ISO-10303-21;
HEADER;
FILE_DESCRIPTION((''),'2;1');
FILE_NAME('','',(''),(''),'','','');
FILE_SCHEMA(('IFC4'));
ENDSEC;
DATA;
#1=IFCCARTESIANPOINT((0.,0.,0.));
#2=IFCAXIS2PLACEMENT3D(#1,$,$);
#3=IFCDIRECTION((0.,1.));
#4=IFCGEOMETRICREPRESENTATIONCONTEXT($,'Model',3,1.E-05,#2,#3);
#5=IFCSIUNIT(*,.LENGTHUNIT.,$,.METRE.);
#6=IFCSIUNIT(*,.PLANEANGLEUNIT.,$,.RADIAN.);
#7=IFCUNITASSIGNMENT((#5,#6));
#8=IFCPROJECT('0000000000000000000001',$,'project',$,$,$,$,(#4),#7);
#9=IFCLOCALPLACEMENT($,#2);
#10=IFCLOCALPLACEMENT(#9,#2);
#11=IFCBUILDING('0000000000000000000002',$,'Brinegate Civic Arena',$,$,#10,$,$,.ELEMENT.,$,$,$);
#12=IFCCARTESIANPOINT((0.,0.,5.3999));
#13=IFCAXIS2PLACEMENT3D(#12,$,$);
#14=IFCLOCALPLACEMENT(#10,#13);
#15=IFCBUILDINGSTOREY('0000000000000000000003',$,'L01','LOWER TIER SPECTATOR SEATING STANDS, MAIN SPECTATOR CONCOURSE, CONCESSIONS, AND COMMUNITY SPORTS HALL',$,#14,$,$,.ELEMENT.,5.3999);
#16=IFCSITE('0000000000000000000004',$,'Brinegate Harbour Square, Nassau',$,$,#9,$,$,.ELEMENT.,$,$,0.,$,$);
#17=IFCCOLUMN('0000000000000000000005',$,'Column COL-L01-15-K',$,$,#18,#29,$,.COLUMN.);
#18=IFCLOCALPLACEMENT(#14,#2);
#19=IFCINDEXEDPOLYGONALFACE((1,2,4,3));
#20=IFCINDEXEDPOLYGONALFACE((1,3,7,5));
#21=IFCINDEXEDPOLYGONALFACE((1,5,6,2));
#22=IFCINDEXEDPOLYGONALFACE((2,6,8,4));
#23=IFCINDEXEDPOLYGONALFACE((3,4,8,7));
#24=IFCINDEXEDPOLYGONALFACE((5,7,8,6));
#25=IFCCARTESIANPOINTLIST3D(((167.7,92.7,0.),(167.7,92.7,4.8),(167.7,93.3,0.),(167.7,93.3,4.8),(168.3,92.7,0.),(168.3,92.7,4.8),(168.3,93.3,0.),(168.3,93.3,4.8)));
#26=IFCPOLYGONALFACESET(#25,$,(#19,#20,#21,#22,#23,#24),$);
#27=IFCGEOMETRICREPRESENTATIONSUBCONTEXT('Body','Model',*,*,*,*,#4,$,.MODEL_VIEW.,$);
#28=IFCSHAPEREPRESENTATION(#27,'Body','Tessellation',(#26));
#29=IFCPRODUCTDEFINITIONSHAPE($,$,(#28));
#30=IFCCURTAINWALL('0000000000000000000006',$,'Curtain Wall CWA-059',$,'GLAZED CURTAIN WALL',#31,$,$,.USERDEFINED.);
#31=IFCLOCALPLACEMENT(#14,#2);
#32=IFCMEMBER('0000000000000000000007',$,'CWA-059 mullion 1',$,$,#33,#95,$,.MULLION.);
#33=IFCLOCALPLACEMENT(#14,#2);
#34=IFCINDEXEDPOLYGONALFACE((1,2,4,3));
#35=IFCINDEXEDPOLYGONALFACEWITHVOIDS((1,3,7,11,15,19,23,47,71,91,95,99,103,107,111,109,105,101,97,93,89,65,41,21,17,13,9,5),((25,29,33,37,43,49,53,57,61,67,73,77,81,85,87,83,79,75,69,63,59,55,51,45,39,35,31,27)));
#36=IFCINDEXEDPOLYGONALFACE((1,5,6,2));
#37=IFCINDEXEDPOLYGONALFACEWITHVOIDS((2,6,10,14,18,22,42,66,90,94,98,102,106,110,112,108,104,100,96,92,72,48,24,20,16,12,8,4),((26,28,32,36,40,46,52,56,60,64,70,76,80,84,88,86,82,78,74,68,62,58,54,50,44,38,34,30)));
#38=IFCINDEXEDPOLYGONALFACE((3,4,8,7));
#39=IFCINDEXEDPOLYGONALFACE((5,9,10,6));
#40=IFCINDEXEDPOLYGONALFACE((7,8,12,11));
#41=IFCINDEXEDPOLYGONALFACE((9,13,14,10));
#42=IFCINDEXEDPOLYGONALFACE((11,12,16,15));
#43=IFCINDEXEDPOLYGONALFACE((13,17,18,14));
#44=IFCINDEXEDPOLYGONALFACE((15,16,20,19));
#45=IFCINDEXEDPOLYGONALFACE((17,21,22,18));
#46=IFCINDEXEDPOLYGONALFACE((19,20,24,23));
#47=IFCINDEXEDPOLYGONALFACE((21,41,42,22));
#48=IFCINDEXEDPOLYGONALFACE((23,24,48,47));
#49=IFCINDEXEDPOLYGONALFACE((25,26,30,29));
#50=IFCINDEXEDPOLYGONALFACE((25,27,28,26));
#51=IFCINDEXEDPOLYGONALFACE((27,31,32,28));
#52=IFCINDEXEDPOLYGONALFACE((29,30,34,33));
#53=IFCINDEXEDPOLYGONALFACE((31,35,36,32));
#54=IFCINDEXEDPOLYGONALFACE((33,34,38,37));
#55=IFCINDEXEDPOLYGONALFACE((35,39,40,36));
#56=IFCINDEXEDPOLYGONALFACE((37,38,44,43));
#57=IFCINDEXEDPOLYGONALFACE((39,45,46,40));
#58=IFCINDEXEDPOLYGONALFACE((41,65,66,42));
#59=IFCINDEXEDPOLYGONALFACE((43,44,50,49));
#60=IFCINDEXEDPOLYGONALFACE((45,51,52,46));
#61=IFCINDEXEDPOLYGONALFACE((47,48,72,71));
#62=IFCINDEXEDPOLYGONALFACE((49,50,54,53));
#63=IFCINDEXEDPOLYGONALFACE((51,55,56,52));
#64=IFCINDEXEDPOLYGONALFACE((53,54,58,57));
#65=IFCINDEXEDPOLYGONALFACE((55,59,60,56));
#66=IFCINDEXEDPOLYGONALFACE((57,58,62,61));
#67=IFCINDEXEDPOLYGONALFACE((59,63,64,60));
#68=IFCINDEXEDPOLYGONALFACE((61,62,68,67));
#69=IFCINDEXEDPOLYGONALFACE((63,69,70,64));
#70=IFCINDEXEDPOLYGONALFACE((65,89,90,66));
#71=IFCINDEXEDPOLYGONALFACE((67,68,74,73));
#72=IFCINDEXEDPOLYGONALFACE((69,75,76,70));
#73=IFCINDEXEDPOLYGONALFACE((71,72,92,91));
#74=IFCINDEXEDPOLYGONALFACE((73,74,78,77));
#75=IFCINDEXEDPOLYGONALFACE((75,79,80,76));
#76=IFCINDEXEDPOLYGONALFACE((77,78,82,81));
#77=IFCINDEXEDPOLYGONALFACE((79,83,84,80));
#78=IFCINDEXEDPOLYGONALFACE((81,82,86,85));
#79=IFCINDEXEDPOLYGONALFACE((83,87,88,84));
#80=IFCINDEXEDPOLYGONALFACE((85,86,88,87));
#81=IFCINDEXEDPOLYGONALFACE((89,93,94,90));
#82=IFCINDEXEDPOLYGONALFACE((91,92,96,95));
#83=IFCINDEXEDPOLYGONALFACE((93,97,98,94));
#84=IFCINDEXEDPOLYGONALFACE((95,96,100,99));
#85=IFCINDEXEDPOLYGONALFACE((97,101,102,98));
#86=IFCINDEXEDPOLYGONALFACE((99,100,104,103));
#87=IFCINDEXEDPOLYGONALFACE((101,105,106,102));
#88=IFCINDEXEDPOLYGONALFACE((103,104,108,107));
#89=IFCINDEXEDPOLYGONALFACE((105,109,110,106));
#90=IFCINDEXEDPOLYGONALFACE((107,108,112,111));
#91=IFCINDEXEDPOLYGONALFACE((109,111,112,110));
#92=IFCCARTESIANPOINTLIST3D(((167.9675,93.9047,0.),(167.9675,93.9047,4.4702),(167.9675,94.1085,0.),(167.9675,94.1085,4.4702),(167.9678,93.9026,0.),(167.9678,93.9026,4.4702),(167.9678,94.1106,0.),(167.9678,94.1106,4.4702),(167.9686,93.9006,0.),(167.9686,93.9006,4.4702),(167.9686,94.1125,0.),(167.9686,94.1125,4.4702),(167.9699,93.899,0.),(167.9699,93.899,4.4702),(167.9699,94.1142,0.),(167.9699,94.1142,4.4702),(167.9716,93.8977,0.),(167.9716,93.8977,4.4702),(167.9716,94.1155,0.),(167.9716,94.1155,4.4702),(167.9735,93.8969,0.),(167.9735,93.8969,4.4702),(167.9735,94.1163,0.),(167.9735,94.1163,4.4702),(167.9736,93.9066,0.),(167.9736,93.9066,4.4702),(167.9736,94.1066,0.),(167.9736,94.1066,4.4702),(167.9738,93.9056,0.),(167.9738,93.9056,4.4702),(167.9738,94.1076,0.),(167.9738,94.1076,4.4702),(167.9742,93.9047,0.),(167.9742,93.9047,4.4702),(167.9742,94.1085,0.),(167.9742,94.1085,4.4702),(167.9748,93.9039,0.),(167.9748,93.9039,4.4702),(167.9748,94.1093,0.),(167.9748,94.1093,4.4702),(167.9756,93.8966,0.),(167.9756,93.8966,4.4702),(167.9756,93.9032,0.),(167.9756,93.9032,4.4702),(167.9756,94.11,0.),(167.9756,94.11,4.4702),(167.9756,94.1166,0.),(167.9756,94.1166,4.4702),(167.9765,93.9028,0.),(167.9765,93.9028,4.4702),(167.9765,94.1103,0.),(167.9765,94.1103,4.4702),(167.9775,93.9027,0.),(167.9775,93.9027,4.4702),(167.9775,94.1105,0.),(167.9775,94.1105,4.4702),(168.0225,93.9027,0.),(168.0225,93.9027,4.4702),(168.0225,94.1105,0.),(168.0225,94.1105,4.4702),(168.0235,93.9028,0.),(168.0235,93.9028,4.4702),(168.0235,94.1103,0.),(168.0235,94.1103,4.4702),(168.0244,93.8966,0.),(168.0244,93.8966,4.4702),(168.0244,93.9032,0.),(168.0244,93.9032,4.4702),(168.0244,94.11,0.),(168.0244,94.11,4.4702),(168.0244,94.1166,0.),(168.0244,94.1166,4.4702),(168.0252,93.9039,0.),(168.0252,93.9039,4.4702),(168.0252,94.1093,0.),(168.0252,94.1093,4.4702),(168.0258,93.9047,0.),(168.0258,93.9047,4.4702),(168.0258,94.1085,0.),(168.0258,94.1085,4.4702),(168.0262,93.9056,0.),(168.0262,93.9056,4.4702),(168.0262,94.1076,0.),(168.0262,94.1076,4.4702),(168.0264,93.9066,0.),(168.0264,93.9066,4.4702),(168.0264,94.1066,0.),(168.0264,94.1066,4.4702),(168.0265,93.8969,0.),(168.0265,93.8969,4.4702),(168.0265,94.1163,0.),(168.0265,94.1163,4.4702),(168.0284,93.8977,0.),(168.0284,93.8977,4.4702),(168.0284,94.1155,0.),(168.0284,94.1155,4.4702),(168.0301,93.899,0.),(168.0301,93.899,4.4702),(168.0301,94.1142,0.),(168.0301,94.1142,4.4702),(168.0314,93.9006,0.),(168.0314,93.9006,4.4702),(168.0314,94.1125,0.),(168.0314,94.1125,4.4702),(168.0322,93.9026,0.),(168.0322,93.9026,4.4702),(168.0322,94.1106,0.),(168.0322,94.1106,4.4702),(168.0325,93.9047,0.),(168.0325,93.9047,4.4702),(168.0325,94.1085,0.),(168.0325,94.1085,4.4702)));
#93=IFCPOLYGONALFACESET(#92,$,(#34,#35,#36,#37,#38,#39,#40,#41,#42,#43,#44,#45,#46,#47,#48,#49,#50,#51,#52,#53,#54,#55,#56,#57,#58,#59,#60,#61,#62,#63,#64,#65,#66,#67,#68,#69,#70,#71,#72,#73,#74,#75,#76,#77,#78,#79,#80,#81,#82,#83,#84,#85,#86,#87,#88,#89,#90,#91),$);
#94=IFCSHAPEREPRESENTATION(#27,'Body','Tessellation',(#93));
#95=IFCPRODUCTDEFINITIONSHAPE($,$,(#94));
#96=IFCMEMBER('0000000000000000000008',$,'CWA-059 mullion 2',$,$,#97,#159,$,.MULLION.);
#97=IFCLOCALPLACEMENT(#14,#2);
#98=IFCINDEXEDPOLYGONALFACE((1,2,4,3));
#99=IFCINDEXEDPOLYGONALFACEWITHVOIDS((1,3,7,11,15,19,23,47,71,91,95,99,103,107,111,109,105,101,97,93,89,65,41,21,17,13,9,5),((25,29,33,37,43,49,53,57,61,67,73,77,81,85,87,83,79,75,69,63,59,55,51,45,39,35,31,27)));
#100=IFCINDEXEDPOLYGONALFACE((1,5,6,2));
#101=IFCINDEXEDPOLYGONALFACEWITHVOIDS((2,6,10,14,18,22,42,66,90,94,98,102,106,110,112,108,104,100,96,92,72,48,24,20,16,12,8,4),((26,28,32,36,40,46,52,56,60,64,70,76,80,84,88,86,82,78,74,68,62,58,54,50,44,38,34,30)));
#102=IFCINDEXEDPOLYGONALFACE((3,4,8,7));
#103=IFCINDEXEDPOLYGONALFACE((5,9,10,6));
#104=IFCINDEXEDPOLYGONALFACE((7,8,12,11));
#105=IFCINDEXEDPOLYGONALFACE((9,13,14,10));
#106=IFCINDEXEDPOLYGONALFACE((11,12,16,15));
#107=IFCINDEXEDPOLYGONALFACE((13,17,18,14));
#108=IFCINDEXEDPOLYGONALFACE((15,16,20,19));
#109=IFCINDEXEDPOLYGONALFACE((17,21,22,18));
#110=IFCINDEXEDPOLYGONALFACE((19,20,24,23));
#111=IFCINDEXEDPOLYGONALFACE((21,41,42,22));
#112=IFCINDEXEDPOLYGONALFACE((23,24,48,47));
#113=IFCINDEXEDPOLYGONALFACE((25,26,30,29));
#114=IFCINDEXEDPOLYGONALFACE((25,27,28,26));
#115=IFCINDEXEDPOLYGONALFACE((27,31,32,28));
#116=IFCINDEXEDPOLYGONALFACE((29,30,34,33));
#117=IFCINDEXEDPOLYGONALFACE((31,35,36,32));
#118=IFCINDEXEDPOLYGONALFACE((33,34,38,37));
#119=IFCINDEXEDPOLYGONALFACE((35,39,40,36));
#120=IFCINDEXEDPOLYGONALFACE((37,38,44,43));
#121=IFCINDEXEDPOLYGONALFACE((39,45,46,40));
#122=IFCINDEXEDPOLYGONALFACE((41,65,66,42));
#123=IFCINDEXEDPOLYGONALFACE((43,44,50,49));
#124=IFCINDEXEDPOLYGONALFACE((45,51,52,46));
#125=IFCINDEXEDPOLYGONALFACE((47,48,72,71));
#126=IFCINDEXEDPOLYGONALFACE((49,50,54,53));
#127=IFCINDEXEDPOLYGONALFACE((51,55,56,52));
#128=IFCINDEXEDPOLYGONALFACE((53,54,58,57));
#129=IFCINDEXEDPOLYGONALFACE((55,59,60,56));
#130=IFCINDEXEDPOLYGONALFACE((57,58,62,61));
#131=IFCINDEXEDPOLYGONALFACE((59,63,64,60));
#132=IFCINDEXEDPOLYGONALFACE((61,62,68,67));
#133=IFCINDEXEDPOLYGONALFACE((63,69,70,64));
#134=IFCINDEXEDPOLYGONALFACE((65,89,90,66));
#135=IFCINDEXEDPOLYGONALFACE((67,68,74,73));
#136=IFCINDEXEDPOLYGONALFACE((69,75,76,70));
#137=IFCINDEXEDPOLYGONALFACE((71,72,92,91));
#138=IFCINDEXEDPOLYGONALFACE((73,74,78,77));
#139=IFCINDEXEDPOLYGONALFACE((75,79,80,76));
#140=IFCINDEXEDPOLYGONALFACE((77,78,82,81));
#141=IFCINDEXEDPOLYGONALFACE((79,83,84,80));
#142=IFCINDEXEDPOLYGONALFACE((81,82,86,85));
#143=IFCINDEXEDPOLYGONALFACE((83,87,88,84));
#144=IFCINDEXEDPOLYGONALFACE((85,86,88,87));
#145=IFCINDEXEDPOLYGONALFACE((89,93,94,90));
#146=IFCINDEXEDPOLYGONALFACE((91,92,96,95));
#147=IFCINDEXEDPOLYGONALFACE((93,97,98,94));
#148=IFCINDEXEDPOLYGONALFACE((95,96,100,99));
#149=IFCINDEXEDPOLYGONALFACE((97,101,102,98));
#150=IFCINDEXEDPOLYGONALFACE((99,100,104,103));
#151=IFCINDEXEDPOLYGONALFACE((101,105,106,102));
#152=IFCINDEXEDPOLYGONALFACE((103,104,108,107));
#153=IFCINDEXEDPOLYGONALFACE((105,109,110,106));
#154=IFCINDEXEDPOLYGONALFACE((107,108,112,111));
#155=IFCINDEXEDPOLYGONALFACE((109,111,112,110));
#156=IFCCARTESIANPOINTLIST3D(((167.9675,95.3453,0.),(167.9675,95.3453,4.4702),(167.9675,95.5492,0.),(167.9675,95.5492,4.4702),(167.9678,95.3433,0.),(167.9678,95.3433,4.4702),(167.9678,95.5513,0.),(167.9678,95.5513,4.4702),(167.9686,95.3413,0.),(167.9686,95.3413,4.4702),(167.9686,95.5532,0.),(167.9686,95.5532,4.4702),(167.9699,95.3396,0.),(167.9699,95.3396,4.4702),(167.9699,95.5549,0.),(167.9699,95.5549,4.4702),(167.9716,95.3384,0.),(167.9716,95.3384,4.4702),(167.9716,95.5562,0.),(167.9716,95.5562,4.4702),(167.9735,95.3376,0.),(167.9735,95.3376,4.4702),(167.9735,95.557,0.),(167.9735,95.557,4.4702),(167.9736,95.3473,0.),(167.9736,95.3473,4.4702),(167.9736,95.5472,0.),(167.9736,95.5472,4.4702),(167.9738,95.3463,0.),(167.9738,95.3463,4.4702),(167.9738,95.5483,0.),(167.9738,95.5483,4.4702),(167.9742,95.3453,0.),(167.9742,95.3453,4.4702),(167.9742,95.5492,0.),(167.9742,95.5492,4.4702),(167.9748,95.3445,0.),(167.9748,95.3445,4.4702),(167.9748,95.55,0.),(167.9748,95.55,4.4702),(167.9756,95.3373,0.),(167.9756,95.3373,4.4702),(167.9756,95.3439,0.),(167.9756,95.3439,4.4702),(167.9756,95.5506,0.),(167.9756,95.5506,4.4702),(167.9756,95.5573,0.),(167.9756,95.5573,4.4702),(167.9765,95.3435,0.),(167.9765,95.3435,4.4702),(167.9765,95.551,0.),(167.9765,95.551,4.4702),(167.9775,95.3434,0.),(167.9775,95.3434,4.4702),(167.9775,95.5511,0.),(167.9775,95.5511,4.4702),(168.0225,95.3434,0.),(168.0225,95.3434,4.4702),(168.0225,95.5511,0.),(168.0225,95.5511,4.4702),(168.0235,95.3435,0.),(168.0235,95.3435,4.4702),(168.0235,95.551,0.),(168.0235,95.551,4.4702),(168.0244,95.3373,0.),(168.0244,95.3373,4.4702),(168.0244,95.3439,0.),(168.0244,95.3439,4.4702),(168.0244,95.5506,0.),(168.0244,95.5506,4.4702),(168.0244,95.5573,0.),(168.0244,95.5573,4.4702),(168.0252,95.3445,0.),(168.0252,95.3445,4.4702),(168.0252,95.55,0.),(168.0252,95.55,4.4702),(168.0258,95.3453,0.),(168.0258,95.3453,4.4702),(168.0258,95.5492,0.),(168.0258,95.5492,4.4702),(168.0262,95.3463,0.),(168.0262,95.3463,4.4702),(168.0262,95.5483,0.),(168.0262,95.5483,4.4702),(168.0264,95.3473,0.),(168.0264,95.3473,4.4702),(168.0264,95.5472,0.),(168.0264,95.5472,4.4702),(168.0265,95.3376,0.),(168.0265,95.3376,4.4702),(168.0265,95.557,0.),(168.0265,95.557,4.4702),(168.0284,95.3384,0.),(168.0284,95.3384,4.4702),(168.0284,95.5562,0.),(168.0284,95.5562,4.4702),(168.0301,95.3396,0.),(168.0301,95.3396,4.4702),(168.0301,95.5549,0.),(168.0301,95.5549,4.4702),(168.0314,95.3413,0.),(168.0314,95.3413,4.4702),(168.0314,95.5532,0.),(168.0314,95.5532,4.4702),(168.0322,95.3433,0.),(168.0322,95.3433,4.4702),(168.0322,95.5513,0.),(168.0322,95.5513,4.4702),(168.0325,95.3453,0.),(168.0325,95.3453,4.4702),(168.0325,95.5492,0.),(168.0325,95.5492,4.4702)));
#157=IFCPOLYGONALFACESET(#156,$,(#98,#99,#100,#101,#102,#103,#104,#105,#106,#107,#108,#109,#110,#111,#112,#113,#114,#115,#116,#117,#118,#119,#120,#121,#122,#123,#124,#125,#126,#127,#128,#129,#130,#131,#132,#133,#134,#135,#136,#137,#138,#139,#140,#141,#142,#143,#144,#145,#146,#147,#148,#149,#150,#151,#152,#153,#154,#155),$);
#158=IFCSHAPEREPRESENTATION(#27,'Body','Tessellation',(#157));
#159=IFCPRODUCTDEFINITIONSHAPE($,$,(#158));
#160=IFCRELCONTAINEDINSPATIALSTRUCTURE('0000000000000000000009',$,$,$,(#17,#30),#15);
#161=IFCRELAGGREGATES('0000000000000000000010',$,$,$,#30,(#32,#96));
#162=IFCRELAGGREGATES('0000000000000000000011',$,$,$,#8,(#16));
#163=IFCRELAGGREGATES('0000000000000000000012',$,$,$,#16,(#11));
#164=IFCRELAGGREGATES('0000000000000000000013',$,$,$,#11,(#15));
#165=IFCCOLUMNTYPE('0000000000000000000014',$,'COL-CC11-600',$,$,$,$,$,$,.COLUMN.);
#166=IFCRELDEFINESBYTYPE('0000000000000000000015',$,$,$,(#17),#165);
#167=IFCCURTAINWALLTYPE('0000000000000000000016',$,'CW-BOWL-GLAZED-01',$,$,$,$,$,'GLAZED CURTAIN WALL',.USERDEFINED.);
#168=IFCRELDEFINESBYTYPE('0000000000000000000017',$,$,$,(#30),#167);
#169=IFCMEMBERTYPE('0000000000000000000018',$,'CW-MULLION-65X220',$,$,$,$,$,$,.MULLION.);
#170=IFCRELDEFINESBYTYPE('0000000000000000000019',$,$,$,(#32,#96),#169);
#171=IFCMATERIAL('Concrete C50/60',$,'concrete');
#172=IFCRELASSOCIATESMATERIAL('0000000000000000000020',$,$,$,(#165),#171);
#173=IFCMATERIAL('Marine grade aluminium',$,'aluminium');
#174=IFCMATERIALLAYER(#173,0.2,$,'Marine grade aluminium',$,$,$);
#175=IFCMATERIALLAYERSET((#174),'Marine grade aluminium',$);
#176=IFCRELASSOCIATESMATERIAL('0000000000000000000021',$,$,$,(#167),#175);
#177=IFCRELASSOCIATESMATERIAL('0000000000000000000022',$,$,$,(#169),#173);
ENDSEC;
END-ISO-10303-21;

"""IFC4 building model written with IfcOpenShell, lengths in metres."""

from ifc_helpers import new_model, si_unit, direction, frame, origin, origin_2d, place, context, subcontext, project, spatial, rectangle, hollow_rectangle, extrude, material, layer, layer_set, material_profile, profile_set, type_object, element, aggregate, save


model = new_model("IFC4")

# Units and contexts
model_context = context("Model", 3, precision=1e-05, world=origin(), true_north=direction((0.0, 1.0)))
body_context = subcontext(model_context, "Body", "Model", "MODEL_VIEW")
ifc_project = project(units=[si_unit("LENGTHUNIT", "METRE"), si_unit("PLANEANGLEUNIT", "RADIAN")], contexts=[model_context])

# Site, building, storey
site_placement = place(None, origin())
site = spatial("IfcSite", under=ifc_project, at=site_placement, Name="Brinegate Harbour Square, Nassau", CompositionType="ELEMENT", RefElevation=0.0)
building_placement = place(site_placement, origin())
building = spatial("IfcBuilding", under=site, at=building_placement, Name="Brinegate Civic Arena", CompositionType="ELEMENT")
storey_placement = place(building_placement, frame((0.0, 0.0, 5.3999)))
storey = spatial("IfcBuildingStorey", under=building, at=storey_placement, Name="L01", Description="LOWER TIER SPECTATOR SEATING STANDS, MAIN SPECTATOR CONCOURSE, CONCESSIONS, AND COMMUNITY SPORTS HALL", CompositionType="ELEMENT", Elevation=5.3999)

# Column
ifc_material_1 = material(Name="Concrete C50/60", Category="concrete")
ifc_material_profile_1 = material_profile(ifc_material_1, rectangle(XDim=0.6001, YDim=0.6001, at=origin_2d()), Name="RC600X600")
ifc_profile_set_1 = profile_set([ifc_material_profile_1], Name="Concrete C50/60")
column_type = type_object("IfcColumnType", Name="COL-CC11-600", PredefinedType="COLUMN", material=ifc_profile_set_1)
column_placement = place(storey_placement, frame((168.0, 93.0, 0.0), z_axis=(0.0, 0.0, 1.0), x_axis=(1.0, 0.0, 0.0)))
element("IfcColumn", 1, at=column_placement, inside=storey, type_object=column_type, Name="Column COL-L01-15-K", PredefinedType="COLUMN", context=body_context, shape_type="SweptSolid", body=[
    extrude(rectangle(XDim=0.6001, YDim=0.6001, at=origin_2d()), origin(), (0.0, 0.0, 1.0), 4.8),
])

# Curtain wall, members
ifc_material_2 = material(Name="Marine grade aluminium", Category="aluminium")
ifc_layer_1 = layer(ifc_material_2, 0.2, Name="Marine grade aluminium")
ifc_layer_set_1 = layer_set([ifc_layer_1], Name="Marine grade aluminium")
curtain_wall_type = type_object("IfcCurtainWallType", Name="CW-BOWL-GLAZED-01", ElementType="GLAZED CURTAIN WALL", PredefinedType="USERDEFINED", material=ifc_layer_set_1)
curtain_wall_1_placement = place(storey_placement, origin())
curtain_wall_1 = element("IfcCurtainWall", 2, at=curtain_wall_1_placement, inside=storey, type_object=curtain_wall_type, Name="Curtain Wall CWA-059", ObjectType="GLAZED CURTAIN WALL", PredefinedType="USERDEFINED")
ifc_material_profile_2 = material_profile(ifc_material_2, hollow_rectangle(XDim=0.0649, YDim=0.22, WallThickness=0.0061, InnerFilletRadius=0.0039, OuterFilletRadius=0.0081, at=origin_2d()), Name="MUL65X220")
ifc_profile_set_2 = profile_set([ifc_material_profile_2], Name="Marine grade aluminium")
member_type_1 = type_object("IfcMemberType", Name="CW-MULLION-65X220", PredefinedType="MULLION", material=ifc_profile_set_2)
member_1_placement = place(storey_placement, frame((168.0, 94.0066, 0.0), z_axis=(0.0, 0.0, 1.0), x_axis=(-1.0, 0.0, 0.0)))
member_1 = element("IfcMember", 3, at=member_1_placement, type_object=member_type_1, Name="CWA-059 mullion 1", PredefinedType="MULLION", context=body_context, shape_type="SweptSolid", body=[
    extrude(hollow_rectangle(XDim=0.0649, YDim=0.22, WallThickness=0.0061, InnerFilletRadius=0.0039, OuterFilletRadius=0.0081, at=origin_2d()), origin(), (0.0, 0.0, 1.0), 4.4702),
])
member_2_placement = place(storey_placement, frame((168.0, 95.4473, 0.0), z_axis=(0.0, 0.0, 1.0), x_axis=(-1.0, 0.0, 0.0)))
member_2 = element("IfcMember", 4, at=member_2_placement, type_object=member_type_1, Name="CWA-059 mullion 2", PredefinedType="MULLION", context=body_context, shape_type="SweptSolid", body=[
    extrude(hollow_rectangle(XDim=0.0649, YDim=0.22, WallThickness=0.0061, InnerFilletRadius=0.0039, OuterFilletRadius=0.0081, at=origin_2d()), origin(), (0.0, 0.0, 1.0), 4.4702),
])

aggregate(curtain_wall_1, [member_1, member_2])

save(model, "model.ifc")
